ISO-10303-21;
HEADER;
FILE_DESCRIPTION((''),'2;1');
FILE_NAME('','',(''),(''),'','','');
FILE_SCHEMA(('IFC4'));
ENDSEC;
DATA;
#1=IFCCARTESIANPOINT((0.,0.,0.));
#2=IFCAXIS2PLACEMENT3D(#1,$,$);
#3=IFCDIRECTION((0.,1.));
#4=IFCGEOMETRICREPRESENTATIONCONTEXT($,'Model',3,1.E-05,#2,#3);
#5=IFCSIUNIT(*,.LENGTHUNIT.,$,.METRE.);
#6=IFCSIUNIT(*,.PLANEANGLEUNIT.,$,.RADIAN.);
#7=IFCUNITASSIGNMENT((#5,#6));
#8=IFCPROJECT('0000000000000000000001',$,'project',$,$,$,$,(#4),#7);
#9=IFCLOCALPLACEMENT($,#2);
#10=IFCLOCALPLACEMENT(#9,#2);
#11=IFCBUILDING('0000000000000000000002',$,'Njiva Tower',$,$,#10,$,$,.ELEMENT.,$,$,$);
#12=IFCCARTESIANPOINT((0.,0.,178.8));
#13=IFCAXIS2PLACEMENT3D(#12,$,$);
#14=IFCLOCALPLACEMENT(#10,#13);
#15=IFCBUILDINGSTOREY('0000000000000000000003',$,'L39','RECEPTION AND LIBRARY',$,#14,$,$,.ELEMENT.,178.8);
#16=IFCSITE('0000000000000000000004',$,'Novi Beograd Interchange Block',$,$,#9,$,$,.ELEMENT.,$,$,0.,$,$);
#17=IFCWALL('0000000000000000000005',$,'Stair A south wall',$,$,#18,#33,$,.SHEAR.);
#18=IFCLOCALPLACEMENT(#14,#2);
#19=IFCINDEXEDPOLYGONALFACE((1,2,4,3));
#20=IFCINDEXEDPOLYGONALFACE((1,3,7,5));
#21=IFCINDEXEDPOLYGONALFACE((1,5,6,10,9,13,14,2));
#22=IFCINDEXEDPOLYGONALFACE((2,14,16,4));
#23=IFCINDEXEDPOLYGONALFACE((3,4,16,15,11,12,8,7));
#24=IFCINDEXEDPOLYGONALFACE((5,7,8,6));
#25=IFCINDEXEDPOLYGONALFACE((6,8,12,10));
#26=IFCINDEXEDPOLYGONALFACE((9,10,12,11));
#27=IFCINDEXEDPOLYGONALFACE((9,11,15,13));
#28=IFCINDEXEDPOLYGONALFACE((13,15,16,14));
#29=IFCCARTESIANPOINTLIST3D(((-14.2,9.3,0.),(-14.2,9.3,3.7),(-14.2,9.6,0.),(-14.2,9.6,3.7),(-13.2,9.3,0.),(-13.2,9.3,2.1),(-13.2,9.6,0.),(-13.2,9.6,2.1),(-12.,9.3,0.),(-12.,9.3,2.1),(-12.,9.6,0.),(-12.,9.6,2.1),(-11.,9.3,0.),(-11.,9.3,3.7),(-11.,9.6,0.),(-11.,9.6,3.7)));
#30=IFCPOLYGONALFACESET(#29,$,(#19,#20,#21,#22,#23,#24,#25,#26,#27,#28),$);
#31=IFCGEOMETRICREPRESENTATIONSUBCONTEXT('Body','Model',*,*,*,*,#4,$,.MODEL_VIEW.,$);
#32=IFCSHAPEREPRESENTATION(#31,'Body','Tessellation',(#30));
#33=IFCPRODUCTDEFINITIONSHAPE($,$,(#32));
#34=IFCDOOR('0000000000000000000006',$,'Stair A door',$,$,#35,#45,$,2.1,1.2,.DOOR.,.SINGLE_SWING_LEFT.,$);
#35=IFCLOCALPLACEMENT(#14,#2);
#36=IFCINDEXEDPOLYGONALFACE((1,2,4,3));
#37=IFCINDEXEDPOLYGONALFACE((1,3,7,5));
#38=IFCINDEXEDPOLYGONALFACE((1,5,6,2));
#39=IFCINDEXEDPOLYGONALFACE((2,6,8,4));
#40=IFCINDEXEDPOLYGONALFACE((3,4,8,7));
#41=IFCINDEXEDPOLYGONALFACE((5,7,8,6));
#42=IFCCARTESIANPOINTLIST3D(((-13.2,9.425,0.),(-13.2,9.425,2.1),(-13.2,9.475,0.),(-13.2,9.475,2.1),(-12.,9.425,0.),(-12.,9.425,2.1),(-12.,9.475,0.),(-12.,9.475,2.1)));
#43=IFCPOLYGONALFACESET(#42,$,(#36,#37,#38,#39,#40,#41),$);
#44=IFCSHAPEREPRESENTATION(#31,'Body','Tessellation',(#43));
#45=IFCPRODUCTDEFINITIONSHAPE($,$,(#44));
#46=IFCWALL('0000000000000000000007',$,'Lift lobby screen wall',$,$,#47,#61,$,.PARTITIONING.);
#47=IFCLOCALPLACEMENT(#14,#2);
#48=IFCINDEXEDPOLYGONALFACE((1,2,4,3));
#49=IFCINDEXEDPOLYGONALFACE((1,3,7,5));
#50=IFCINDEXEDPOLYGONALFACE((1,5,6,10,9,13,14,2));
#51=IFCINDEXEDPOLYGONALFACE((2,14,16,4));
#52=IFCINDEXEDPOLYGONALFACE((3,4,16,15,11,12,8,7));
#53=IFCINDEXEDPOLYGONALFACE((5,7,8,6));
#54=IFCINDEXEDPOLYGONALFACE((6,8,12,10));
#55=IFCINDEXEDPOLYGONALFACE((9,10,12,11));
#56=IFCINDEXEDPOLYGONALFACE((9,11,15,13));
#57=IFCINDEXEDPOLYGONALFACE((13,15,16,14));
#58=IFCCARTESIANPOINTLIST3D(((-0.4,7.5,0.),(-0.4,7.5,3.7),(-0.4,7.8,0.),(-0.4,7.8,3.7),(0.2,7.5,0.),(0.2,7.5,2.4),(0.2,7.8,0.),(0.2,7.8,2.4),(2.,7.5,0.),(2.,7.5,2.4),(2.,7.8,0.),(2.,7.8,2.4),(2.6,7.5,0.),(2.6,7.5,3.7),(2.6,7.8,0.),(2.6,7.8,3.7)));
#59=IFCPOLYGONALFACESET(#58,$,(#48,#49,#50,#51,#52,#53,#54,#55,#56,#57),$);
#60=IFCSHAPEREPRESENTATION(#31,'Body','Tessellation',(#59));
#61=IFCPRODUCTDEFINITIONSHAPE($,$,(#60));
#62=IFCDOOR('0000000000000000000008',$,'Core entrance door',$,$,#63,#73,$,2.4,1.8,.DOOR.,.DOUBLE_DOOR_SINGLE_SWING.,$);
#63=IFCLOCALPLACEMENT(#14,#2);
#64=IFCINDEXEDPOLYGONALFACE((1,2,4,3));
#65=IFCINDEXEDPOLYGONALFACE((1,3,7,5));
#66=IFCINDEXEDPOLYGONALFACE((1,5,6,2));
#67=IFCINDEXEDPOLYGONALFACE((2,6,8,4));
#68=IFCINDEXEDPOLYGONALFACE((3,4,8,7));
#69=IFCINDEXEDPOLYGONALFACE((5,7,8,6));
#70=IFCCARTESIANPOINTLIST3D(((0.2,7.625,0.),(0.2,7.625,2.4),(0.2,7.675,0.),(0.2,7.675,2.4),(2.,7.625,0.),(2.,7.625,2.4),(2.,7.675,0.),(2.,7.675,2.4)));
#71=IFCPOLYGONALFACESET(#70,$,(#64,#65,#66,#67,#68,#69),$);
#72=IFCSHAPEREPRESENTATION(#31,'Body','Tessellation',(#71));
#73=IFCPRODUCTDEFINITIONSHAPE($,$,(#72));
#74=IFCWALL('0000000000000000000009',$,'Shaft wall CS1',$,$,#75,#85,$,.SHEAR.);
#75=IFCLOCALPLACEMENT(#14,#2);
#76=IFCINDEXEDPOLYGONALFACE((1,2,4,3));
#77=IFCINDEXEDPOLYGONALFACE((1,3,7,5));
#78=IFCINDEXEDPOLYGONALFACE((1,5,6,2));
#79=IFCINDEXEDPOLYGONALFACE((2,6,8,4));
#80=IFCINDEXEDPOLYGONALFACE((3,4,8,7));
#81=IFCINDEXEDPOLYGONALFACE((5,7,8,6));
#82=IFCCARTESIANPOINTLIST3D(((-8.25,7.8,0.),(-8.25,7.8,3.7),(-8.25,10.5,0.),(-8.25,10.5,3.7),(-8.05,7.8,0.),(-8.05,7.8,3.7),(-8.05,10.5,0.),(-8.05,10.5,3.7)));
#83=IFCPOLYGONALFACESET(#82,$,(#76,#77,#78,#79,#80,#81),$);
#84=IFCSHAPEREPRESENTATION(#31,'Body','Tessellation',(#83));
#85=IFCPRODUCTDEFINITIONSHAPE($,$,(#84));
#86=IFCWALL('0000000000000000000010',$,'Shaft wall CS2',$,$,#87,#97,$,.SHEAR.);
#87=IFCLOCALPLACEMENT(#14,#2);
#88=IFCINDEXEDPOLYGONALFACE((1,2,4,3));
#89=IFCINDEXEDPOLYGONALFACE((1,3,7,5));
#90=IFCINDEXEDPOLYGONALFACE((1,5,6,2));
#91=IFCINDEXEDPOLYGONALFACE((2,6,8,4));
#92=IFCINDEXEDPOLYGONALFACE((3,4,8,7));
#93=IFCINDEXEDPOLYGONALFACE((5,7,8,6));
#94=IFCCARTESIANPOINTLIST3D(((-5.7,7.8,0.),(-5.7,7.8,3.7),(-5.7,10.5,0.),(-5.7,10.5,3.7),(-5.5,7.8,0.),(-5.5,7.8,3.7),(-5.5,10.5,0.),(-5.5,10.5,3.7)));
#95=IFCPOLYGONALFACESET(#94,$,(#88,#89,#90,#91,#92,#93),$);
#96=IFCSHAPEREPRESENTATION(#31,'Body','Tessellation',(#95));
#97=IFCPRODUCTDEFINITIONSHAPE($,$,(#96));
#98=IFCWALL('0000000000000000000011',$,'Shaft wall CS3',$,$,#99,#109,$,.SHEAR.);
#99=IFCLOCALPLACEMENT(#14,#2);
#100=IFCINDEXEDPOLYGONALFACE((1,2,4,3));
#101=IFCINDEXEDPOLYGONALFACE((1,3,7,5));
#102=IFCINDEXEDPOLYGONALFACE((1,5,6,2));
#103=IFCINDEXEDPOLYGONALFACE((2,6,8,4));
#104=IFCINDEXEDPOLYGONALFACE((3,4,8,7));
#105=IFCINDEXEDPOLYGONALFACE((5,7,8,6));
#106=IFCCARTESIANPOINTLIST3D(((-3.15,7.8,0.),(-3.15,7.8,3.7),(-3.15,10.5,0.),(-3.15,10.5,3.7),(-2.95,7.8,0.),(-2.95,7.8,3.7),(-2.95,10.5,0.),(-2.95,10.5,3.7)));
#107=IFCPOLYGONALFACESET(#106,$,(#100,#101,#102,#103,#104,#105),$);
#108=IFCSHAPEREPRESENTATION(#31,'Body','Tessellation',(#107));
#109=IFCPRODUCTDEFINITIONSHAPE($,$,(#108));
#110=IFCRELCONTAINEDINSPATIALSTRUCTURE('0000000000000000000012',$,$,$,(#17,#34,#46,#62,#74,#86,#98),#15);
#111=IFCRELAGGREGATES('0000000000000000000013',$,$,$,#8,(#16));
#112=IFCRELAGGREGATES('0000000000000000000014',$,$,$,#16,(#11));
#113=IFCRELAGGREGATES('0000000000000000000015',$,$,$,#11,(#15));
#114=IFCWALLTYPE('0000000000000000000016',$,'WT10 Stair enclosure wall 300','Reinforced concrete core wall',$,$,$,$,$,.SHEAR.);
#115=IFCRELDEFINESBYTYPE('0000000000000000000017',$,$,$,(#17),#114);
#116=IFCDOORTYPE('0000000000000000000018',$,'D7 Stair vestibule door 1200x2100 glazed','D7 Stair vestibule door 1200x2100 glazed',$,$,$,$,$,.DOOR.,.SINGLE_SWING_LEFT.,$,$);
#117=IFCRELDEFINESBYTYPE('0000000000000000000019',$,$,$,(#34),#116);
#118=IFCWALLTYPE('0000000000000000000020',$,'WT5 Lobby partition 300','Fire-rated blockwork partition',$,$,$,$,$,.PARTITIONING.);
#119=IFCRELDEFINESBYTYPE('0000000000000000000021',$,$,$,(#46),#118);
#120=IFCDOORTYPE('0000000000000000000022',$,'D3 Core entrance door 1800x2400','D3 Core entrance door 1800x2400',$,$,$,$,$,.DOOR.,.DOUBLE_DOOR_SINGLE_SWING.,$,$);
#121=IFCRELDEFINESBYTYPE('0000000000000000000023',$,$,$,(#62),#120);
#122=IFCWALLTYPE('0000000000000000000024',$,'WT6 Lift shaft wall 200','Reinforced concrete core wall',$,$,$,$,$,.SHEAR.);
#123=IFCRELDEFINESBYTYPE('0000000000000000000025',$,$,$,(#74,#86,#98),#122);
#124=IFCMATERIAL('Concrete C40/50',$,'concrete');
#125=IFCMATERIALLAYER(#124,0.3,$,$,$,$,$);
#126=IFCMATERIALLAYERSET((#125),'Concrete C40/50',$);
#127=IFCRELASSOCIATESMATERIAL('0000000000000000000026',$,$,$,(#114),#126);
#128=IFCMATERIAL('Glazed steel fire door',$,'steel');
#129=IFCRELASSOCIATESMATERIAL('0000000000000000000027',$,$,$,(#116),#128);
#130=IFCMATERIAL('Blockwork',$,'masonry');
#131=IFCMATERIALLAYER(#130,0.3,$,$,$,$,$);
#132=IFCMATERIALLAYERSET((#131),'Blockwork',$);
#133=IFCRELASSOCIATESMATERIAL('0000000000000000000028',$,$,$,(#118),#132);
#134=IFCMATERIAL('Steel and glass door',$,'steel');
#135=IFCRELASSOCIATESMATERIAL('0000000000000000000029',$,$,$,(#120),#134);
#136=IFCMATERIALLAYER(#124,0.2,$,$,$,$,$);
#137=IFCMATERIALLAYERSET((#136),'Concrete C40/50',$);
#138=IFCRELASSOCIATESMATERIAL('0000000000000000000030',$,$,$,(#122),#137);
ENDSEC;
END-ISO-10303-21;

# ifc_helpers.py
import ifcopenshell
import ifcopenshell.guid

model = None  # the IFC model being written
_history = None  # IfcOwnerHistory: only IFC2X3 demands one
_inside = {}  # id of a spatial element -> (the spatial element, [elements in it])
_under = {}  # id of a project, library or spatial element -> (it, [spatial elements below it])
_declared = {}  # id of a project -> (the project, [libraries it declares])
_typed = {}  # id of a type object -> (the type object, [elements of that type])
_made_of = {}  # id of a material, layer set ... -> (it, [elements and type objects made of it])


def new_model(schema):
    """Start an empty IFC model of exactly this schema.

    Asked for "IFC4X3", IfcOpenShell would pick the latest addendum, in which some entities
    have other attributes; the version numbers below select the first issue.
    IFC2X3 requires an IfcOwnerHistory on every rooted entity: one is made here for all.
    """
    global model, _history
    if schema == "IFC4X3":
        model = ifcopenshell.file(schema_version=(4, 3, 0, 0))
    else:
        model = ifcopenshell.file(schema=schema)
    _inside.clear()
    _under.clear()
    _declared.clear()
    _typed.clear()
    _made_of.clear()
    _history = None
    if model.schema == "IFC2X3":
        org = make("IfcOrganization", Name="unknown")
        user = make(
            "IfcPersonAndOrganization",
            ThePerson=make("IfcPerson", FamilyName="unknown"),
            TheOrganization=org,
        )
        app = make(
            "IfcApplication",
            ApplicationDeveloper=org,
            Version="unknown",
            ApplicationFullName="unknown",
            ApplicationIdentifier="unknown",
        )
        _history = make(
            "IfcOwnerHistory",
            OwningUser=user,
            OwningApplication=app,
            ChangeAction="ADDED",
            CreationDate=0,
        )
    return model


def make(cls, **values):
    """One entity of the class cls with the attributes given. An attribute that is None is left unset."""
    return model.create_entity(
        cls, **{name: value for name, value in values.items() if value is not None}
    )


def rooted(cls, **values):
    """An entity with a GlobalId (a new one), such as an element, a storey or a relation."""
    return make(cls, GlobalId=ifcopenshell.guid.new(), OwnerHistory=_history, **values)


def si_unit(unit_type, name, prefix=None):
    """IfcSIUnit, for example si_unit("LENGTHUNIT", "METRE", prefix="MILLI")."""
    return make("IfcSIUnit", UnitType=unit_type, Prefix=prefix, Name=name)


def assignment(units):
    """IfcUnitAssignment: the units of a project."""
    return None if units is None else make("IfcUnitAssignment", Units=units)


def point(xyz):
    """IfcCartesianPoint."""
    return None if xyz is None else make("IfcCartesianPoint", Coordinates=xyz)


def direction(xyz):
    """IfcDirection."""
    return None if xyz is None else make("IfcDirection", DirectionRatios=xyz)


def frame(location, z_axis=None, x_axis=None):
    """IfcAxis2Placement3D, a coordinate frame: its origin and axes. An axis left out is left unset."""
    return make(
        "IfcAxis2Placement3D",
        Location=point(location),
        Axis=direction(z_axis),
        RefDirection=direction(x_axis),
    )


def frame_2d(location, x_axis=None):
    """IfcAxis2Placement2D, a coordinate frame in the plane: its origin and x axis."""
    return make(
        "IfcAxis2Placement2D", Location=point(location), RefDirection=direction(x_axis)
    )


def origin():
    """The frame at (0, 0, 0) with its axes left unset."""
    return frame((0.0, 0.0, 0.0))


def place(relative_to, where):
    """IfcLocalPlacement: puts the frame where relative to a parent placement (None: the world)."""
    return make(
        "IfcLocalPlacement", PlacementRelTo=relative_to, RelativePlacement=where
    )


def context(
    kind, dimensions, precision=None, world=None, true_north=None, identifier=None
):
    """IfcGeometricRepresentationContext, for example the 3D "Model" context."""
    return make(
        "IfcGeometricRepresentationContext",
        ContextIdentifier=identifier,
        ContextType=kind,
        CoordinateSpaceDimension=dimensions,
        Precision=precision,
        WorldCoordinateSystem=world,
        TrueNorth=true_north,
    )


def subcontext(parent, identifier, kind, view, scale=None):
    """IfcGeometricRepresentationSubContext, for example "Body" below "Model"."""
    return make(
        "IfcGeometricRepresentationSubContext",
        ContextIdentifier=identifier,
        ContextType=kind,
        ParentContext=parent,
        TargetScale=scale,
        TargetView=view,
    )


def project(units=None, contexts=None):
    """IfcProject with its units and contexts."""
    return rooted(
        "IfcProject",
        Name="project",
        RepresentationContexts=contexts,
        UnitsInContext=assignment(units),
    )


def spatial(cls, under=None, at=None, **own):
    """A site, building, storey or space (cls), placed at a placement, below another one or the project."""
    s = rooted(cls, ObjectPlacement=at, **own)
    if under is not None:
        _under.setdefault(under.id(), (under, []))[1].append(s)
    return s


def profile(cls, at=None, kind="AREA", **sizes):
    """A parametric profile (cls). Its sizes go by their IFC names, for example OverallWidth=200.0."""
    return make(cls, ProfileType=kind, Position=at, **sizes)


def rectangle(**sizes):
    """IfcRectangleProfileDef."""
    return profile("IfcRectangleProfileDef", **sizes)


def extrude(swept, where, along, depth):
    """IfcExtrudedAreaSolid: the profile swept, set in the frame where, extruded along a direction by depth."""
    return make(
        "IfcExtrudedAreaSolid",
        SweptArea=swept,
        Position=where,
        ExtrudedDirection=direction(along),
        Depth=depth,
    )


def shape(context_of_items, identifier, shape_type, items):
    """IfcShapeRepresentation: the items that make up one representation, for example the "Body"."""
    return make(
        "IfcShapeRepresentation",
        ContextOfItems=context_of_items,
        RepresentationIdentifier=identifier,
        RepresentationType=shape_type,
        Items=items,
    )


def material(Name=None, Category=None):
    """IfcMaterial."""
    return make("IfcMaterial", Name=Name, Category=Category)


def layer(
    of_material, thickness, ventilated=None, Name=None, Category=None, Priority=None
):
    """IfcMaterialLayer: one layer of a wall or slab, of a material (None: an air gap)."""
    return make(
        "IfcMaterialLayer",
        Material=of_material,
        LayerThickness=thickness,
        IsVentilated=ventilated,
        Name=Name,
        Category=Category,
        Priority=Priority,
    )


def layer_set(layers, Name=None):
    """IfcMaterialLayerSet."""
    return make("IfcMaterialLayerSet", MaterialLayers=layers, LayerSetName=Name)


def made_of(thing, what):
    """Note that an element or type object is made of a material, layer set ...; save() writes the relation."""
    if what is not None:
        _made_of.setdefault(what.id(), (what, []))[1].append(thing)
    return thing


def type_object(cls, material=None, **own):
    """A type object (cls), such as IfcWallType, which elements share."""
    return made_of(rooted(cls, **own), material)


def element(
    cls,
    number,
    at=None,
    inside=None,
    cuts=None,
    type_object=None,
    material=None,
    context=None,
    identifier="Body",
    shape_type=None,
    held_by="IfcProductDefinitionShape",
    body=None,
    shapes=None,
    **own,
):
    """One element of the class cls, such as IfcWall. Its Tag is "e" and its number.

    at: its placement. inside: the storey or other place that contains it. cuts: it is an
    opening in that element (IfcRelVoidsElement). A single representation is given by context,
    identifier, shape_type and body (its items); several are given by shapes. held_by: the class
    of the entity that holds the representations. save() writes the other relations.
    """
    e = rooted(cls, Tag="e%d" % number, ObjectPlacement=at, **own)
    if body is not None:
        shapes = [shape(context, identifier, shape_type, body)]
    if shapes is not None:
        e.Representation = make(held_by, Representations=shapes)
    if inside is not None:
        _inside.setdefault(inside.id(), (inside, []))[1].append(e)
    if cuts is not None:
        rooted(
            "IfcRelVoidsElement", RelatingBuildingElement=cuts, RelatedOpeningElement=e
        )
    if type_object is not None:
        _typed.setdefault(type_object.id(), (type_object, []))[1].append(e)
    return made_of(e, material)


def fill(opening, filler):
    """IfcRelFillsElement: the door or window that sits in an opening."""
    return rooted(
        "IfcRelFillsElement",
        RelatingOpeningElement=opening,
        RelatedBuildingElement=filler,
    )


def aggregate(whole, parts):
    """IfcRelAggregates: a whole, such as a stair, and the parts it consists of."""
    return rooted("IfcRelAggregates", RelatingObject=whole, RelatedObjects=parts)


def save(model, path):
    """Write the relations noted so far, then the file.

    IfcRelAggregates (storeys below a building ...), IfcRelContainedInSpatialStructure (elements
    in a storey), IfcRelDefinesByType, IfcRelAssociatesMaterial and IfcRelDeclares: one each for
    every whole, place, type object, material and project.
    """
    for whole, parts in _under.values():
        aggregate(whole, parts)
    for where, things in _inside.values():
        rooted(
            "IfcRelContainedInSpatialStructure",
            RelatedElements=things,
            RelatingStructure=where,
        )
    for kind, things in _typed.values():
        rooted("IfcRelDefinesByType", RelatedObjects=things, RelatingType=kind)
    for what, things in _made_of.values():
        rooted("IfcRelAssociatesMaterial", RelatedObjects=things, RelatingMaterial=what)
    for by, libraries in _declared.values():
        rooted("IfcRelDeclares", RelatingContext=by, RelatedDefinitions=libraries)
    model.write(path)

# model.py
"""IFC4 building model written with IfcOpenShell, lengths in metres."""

from ifc_helpers import new_model, si_unit, direction, frame, frame_2d, origin, place, context, subcontext, project, spatial, rectangle, extrude, material, layer, layer_set, type_object, element, fill, save


model = new_model("IFC4")

# Units and contexts
model_context = context("Model", 3, precision=1e-05, world=origin(), true_north=direction((0.0, 1.0)))
body_context = subcontext(model_context, "Body", "Model", "MODEL_VIEW")
ifc_project = project(units=[si_unit("LENGTHUNIT", "METRE"), si_unit("PLANEANGLEUNIT", "RADIAN")], contexts=[model_context])

# Site, building, storey
site_placement = place(None, origin())
site = spatial("IfcSite", under=ifc_project, at=site_placement, Name="Novi Beograd Interchange Block", CompositionType="ELEMENT", RefElevation=0.0)
building_placement = place(site_placement, origin())
building = spatial("IfcBuilding", under=site, at=building_placement, Name="Njiva Tower", CompositionType="ELEMENT")
storey_placement = place(building_placement, frame((0.0, 0.0, 178.8)))
storey = spatial("IfcBuildingStorey", under=building, at=storey_placement, Name="L39", Description="RECEPTION AND LIBRARY", CompositionType="ELEMENT", Elevation=178.8)

# Shared definitions
ifc_material_1 = material(Name="Blockwork", Category="masonry")

# Shared definitions
ifc_material_2 = material(Name="Concrete C40/50", Category="concrete")
ifc_layer_1 = layer(ifc_material_2, 0.3)
ifc_layer_set_1 = layer_set([ifc_layer_1], Name="Concrete C40/50")
wall_type_1 = type_object("IfcWallType", Name="WT10 Stair enclosure wall 300", Description="Reinforced concrete core wall", PredefinedType="SHEAR", material=ifc_layer_set_1)
ifc_material_3 = material(Name="Glazed steel fire door", Category="steel")

# Walls, openings, doors
wall_1_placement = place(storey_placement, frame((-14.2, 9.45, 0.0), z_axis=(0.0, 0.0, 1.0), x_axis=(1.0, 0.0, 0.0)))
wall_1 = element("IfcWall", 1, at=wall_1_placement, inside=storey, type_object=wall_type_1, Name="Stair A south wall", PredefinedType="SHEAR", context=body_context, shape_type="SweptSolid", body=[
    extrude(rectangle(XDim=3.2, YDim=0.3, at=frame_2d((1.6, 0.0))), origin(), (0.0, 0.0, 1.0), 3.7),
])
opening_1_placement = place(wall_1_placement, frame((1.0, 0.0, 0.0)))
opening_1 = element("IfcOpeningElement", 2, at=opening_1_placement, cuts=wall_1, PredefinedType="OPENING", context=body_context, shape_type="SweptSolid", body=[
    extrude(rectangle(XDim=1.2, YDim=2.1, at=frame_2d((0.6, 1.05))), frame((0.0, 0.16, 0.0), z_axis=(0.0, -1.0, 0.0), x_axis=(1.0, 0.0, 0.0)), (0.0, 0.0, 1.0), 0.32),
])
door_type_1 = type_object("IfcDoorType", Name="D7 Stair vestibule door 1200x2100 glazed", Description="D7 Stair vestibule door 1200x2100 glazed", OperationType="SINGLE_SWING_LEFT", PredefinedType="DOOR", material=ifc_material_3)
door_1_placement = place(opening_1_placement, origin())
door_1 = element("IfcDoor", 3, at=door_1_placement, inside=storey, type_object=door_type_1, Name="Stair A door", OperationType="SINGLE_SWING_LEFT", OverallHeight=2.1, OverallWidth=1.2, PredefinedType="DOOR", context=body_context, shape_type="SweptSolid", body=[
    extrude(rectangle(XDim=1.2, YDim=2.1, at=frame_2d((0.6, 1.05))), frame((0.0, 0.025, 0.0), z_axis=(0.0, -1.0, 0.0), x_axis=(1.0, 0.0, 0.0)), (0.0, 0.0, 1.0), 0.05),
])
fill(opening_1, door_1)
ifc_layer_2 = layer(ifc_material_1, 0.3)
ifc_layer_set_2 = layer_set([ifc_layer_2], Name="Blockwork")
wall_type_2 = type_object("IfcWallType", Name="WT5 Lobby partition 300", Description="Fire-rated blockwork partition", PredefinedType="PARTITIONING", material=ifc_layer_set_2)
wall_2_placement = place(storey_placement, frame((-0.4, 7.65, 0.0), z_axis=(0.0, 0.0, 1.0), x_axis=(1.0, 0.0, 0.0)))
wall_2 = element("IfcWall", 4, at=wall_2_placement, inside=storey, type_object=wall_type_2, Name="Lift lobby screen wall", PredefinedType="PARTITIONING", context=body_context, shape_type="SweptSolid", body=[
    extrude(rectangle(XDim=3.0, YDim=0.3, at=frame_2d((1.5, 0.0))), origin(), (0.0, 0.0, 1.0), 3.7),
])
opening_2_placement = place(wall_2_placement, frame((0.6, 0.0, 0.0)))
opening_2 = element("IfcOpeningElement", 5, at=opening_2_placement, cuts=wall_2, PredefinedType="OPENING", context=body_context, shape_type="SweptSolid", body=[
    extrude(rectangle(XDim=1.8, YDim=2.4, at=frame_2d((0.9, 1.2))), frame((0.0, 0.16, 0.0), z_axis=(0.0, -1.0, 0.0), x_axis=(1.0, 0.0, 0.0)), (0.0, 0.0, 1.0), 0.32),
])
ifc_material_4 = material(Name="Steel and glass door", Category="steel")
door_type_2 = type_object("IfcDoorType", Name="D3 Core entrance door 1800x2400", Description="D3 Core entrance door 1800x2400", OperationType="DOUBLE_DOOR_SINGLE_SWING", PredefinedType="DOOR", material=ifc_material_4)
door_2_placement = place(opening_2_placement, origin())
door_2 = element("IfcDoor", 6, at=door_2_placement, inside=storey, type_object=door_type_2, Name="Core entrance door", OperationType="DOUBLE_DOOR_SINGLE_SWING", OverallHeight=2.4, OverallWidth=1.8, PredefinedType="DOOR", context=body_context, shape_type="SweptSolid", body=[
    extrude(rectangle(XDim=1.8, YDim=2.4, at=frame_2d((0.9, 1.2))), frame((0.0, 0.025, 0.0), z_axis=(0.0, -1.0, 0.0), x_axis=(1.0, 0.0, 0.0)), (0.0, 0.0, 1.0), 0.05),
])
fill(opening_2, door_2)

# Walls
ifc_layer_3 = layer(ifc_material_2, 0.2)
ifc_layer_set_3 = layer_set([ifc_layer_3], Name="Concrete C40/50")
wall_type_3 = type_object("IfcWallType", Name="WT6 Lift shaft wall 200", Description="Reinforced concrete core wall", PredefinedType="SHEAR", material=ifc_layer_set_3)
for number, where, z_axis, x_axis, name in (
    (7, (-8.15, 7.8, 0.0), (0.0, 0.0, 1.0), (0.0, 1.0, 0.0), "Shaft wall CS1"),
    (8, (-5.6, 7.8, 0.0), (0.0, 0.0, 1.0), (0.0, 1.0, 0.0), "Shaft wall CS2"),
    (9, (-3.05, 7.8, 0.0), (0.0, 0.0, 1.0), (0.0, 1.0, 0.0), "Shaft wall CS3"),
):
    element("IfcWall", number, at=place(storey_placement, frame(where, z_axis=z_axis, x_axis=x_axis)), inside=storey, type_object=wall_type_3, Name=name, PredefinedType="SHEAR", context=body_context, shape_type="SweptSolid", body=[
        extrude(rectangle(XDim=2.7, YDim=0.2, at=frame_2d((1.35, 0.0))), origin(), (0.0, 0.0, 1.0), 3.7),
    ])

save(model, "model.ifc")
